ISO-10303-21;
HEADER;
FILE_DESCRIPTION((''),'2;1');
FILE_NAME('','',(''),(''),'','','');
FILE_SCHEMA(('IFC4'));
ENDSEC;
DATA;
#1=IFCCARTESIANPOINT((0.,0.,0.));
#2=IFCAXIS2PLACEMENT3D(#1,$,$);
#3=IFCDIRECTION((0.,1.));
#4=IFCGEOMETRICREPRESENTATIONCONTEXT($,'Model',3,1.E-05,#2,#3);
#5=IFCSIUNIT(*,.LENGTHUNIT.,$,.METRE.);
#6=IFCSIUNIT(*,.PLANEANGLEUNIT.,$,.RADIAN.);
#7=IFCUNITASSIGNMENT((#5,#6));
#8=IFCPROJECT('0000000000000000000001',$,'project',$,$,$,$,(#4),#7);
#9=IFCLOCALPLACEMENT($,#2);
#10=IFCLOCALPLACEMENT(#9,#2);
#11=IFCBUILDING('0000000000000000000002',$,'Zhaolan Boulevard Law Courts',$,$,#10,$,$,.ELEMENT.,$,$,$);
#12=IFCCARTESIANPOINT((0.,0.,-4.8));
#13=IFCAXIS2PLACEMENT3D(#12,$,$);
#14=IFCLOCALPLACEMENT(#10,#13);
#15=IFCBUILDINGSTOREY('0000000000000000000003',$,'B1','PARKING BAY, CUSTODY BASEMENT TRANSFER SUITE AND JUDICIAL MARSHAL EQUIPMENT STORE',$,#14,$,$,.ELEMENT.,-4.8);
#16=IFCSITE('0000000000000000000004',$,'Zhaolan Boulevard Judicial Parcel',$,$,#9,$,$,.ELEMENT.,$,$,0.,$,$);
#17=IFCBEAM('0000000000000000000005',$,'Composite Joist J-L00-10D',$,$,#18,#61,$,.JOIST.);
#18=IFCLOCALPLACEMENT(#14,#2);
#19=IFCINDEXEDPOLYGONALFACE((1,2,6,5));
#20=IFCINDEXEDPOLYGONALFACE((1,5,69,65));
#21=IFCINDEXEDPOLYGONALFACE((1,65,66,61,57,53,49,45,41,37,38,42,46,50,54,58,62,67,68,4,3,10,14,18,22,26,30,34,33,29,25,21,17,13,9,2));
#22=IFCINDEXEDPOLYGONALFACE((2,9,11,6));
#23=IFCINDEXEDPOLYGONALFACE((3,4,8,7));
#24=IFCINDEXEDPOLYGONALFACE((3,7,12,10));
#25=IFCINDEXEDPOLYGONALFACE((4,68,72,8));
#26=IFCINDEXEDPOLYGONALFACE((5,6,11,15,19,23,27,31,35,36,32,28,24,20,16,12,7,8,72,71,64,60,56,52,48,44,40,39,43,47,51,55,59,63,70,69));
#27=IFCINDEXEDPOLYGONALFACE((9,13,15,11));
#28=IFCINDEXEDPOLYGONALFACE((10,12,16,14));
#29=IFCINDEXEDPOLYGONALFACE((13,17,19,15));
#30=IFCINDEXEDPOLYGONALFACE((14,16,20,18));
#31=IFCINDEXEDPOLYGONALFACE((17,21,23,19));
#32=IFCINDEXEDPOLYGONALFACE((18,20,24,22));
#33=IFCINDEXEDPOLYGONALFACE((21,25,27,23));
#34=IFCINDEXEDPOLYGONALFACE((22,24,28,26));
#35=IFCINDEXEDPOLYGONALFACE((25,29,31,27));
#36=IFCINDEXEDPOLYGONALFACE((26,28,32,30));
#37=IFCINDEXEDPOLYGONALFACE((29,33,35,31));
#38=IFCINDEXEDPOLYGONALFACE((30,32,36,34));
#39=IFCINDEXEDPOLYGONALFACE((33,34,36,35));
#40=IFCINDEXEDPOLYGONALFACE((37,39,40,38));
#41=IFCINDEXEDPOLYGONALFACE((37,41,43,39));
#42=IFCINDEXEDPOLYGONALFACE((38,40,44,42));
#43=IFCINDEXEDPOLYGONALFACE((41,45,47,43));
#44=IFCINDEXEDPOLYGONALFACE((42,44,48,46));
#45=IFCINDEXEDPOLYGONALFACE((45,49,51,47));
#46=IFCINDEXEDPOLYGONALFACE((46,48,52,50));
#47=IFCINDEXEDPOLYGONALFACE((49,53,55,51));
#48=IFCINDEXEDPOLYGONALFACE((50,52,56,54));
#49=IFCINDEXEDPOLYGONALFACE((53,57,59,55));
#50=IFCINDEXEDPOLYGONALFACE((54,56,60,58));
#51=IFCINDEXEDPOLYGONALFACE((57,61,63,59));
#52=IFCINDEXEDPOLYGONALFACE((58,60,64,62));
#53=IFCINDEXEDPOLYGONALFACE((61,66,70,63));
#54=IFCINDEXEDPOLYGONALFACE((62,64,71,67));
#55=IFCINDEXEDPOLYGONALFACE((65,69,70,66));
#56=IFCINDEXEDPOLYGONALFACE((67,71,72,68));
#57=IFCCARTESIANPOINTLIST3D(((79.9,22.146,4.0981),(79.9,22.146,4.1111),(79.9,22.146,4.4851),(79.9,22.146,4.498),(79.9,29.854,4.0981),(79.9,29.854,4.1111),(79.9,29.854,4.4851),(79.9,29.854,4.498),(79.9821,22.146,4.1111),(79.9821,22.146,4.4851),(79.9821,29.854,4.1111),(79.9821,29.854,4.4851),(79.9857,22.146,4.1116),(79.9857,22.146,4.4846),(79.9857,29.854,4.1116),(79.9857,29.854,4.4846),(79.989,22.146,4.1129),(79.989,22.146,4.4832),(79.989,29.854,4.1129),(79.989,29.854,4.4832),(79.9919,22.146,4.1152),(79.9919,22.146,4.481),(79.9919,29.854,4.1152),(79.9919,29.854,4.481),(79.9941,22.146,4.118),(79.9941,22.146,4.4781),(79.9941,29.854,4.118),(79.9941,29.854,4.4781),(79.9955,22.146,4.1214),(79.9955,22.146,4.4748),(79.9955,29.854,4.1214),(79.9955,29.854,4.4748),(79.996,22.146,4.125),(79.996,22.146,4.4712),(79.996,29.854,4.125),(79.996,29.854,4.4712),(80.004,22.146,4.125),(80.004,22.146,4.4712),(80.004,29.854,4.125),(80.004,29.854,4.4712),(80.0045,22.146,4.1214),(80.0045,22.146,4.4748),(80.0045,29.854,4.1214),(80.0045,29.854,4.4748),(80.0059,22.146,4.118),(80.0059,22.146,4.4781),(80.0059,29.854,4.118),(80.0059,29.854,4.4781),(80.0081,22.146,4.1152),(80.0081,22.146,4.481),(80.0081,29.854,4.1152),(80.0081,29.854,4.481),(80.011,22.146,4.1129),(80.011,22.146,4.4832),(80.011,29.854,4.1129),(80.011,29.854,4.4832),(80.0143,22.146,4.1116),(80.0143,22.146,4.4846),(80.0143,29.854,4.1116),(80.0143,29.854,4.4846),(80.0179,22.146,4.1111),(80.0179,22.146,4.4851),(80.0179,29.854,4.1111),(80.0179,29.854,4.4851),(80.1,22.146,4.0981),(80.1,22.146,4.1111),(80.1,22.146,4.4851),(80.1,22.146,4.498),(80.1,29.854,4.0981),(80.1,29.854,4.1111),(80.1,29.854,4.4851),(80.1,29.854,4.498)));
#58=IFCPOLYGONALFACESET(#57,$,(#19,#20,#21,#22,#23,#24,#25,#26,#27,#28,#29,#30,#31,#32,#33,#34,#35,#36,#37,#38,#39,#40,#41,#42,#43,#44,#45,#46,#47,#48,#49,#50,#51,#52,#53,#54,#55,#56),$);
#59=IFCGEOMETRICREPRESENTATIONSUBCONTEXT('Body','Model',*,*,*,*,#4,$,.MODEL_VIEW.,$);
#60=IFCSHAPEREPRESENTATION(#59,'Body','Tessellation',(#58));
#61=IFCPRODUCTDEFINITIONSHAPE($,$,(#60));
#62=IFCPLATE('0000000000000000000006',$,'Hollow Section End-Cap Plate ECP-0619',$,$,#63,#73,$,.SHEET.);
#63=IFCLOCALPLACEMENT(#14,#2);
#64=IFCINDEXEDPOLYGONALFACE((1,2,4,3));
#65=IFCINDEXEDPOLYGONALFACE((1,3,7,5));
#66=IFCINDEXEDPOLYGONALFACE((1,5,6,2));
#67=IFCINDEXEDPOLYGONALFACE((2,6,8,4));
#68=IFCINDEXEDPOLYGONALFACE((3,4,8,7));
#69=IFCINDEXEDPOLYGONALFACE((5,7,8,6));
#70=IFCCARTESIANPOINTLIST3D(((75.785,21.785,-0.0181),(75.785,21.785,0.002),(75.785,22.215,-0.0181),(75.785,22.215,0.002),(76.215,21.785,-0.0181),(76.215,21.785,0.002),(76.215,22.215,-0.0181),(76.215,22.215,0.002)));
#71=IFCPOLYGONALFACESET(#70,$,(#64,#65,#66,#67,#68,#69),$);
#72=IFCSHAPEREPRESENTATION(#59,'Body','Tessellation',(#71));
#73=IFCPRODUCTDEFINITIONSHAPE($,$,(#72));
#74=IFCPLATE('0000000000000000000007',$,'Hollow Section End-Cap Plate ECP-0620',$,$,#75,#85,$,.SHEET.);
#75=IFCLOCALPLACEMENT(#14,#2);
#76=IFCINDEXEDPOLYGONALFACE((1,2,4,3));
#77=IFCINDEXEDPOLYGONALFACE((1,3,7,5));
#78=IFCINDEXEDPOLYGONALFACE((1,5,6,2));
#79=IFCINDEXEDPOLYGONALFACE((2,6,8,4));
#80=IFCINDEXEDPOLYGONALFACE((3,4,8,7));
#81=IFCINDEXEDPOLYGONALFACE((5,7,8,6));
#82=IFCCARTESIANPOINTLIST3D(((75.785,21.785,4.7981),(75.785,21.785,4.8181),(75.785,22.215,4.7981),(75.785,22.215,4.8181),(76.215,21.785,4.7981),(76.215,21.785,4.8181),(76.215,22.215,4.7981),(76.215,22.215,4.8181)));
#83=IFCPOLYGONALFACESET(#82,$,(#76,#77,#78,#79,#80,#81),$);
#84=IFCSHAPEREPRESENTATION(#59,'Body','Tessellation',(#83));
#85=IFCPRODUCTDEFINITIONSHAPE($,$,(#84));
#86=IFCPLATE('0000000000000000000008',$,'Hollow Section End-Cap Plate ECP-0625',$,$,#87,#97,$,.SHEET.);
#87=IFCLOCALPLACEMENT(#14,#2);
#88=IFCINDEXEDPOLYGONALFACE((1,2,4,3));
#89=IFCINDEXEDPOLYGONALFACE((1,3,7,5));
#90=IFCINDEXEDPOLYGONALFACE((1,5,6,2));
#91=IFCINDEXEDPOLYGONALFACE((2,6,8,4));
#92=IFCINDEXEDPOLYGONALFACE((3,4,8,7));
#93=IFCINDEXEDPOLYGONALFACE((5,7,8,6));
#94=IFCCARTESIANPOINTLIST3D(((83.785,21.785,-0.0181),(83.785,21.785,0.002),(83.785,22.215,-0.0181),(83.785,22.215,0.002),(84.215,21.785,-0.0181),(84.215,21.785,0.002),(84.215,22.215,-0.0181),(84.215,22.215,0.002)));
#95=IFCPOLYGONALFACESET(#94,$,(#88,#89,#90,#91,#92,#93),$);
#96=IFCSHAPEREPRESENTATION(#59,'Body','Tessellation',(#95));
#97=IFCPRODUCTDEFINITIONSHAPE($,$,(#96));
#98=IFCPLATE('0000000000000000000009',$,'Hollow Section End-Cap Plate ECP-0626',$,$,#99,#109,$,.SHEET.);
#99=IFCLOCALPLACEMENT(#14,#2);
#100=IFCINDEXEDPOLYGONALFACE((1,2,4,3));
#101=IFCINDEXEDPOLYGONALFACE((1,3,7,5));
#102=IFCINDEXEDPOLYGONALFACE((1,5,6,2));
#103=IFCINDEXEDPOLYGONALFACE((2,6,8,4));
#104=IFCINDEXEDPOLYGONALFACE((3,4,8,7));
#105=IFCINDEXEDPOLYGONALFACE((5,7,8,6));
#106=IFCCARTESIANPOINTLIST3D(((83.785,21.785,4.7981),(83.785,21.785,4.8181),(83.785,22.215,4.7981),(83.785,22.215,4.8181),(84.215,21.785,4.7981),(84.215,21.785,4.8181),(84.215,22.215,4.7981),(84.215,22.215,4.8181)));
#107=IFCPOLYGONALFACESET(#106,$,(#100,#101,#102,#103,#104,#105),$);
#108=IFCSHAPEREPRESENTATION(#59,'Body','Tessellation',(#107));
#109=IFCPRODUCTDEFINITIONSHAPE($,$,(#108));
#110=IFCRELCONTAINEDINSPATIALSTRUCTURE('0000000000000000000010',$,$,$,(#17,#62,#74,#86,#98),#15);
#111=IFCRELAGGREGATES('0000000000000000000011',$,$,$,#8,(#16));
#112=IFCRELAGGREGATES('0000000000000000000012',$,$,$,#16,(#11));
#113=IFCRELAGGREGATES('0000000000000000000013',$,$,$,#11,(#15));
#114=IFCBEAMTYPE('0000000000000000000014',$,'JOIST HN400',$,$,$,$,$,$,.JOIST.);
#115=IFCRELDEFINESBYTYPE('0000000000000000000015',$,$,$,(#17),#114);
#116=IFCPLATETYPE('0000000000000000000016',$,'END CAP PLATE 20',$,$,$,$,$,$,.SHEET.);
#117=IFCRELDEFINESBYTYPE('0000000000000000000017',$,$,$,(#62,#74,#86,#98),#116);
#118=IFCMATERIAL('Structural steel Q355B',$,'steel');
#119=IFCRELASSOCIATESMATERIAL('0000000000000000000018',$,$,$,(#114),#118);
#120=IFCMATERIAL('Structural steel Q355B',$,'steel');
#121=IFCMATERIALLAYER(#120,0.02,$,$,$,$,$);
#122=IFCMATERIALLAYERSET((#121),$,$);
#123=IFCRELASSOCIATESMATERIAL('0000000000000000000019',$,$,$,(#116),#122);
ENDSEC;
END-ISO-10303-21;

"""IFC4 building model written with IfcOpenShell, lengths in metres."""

from ifc_helpers import new_model, si_unit, direction, frame, origin, origin_2d, place, context, subcontext, project, spatial, rectangle, i_section, extrude, material, layer, layer_set, material_profile, profile_set, type_object, element, save


model = new_model("IFC4")

# Units and contexts
model_context = context("Model", 3, precision=1e-05, world=origin(), true_north=direction((0.0, 1.0)))
body_context = subcontext(model_context, "Body", "Model", "MODEL_VIEW")
ifc_project = project(units=[si_unit("LENGTHUNIT", "METRE"), si_unit("PLANEANGLEUNIT", "RADIAN")], contexts=[model_context])

# Site, building, storey
site_placement = place(None, origin())
site = spatial("IfcSite", under=ifc_project, at=site_placement, Name="Zhaolan Boulevard Judicial Parcel", CompositionType="ELEMENT", RefElevation=0.0)
building_placement = place(site_placement, origin())
building = spatial("IfcBuilding", under=site, at=building_placement, Name="Zhaolan Boulevard Law Courts", CompositionType="ELEMENT")
storey_placement = place(building_placement, frame((0.0, 0.0, -4.8)))
storey = spatial("IfcBuildingStorey", under=building, at=storey_placement, Name="B1", Description="PARKING BAY, CUSTODY BASEMENT TRANSFER SUITE AND JUDICIAL MARSHAL EQUIPMENT STORE", CompositionType="ELEMENT", Elevation=-4.8)

# Beam
ifc_material_1 = material(Name="Structural steel Q355B", Category="steel")
ifc_material_profile_1 = material_profile(ifc_material_1, i_section(OverallWidth=0.2, OverallDepth=0.3999, WebThickness=0.0081, FlangeThickness=0.0129, FilletRadius=0.0139, at=origin_2d()), Name="HN400x200")
ifc_profile_set_1 = profile_set([ifc_material_profile_1], Name="Structural steel Q355B")
beam_type_1 = type_object("IfcBeamType", Name="JOIST HN400", PredefinedType="JOIST", material=ifc_profile_set_1)
beam_1_placement = place(storey_placement, frame((80.0, 22.146, 4.2981), z_axis=(0.0, 1.0, 0.0), x_axis=(-1.0, 0.0, 0.0)))
element("IfcBeam", 1, at=beam_1_placement, inside=storey, type_object=beam_type_1, Name="Composite Joist J-L00-10D", PredefinedType="JOIST", context=body_context, shape_type="SweptSolid", body=[
    extrude(i_section(OverallWidth=0.2, OverallDepth=0.3999, WebThickness=0.0081, FlangeThickness=0.0129, FilletRadius=0.0139, at=origin_2d()), origin(), (0.0, 0.0, 1.0), 7.708),
])

# Plates
ifc_material_2 = material(Name="Structural steel Q355B", Category="steel")
ifc_layer = layer(ifc_material_2, 0.02)
ifc_layer_set = layer_set([ifc_layer])
plate_type = type_object("IfcPlateType", Name="END CAP PLATE 20", PredefinedType="SHEET", material=ifc_layer_set)
for number, where, z_axis, x_axis, name in (
    (2, (76.0, 22.0, -0.0181), (0.0, 0.0, 1.0), (1.0, 0.0, 0.0), "Hollow Section End-Cap Plate ECP-0619"),
    (3, (76.0, 22.0, 4.7981), (0.0, 0.0, 1.0), (1.0, 0.0, 0.0), "Hollow Section End-Cap Plate ECP-0620"),
    (4, (84.0, 22.0, -0.0181), (0.0, 0.0, 1.0), (1.0, 0.0, 0.0), "Hollow Section End-Cap Plate ECP-0625"),
    (5, (84.0, 22.0, 4.7981), (0.0, 0.0, 1.0), (1.0, 0.0, 0.0), "Hollow Section End-Cap Plate ECP-0626"),
):
    element("IfcPlate", number, at=place(storey_placement, frame(where, z_axis=z_axis, x_axis=x_axis)), inside=storey, type_object=plate_type, Name=name, PredefinedType="SHEET", context=body_context, shape_type="SweptSolid", body=[
        extrude(rectangle(XDim=0.4299, YDim=0.4299, at=origin_2d()), origin(), (0.0, 0.0, 1.0), 0.02),
    ])

save(model, "model.ifc")
